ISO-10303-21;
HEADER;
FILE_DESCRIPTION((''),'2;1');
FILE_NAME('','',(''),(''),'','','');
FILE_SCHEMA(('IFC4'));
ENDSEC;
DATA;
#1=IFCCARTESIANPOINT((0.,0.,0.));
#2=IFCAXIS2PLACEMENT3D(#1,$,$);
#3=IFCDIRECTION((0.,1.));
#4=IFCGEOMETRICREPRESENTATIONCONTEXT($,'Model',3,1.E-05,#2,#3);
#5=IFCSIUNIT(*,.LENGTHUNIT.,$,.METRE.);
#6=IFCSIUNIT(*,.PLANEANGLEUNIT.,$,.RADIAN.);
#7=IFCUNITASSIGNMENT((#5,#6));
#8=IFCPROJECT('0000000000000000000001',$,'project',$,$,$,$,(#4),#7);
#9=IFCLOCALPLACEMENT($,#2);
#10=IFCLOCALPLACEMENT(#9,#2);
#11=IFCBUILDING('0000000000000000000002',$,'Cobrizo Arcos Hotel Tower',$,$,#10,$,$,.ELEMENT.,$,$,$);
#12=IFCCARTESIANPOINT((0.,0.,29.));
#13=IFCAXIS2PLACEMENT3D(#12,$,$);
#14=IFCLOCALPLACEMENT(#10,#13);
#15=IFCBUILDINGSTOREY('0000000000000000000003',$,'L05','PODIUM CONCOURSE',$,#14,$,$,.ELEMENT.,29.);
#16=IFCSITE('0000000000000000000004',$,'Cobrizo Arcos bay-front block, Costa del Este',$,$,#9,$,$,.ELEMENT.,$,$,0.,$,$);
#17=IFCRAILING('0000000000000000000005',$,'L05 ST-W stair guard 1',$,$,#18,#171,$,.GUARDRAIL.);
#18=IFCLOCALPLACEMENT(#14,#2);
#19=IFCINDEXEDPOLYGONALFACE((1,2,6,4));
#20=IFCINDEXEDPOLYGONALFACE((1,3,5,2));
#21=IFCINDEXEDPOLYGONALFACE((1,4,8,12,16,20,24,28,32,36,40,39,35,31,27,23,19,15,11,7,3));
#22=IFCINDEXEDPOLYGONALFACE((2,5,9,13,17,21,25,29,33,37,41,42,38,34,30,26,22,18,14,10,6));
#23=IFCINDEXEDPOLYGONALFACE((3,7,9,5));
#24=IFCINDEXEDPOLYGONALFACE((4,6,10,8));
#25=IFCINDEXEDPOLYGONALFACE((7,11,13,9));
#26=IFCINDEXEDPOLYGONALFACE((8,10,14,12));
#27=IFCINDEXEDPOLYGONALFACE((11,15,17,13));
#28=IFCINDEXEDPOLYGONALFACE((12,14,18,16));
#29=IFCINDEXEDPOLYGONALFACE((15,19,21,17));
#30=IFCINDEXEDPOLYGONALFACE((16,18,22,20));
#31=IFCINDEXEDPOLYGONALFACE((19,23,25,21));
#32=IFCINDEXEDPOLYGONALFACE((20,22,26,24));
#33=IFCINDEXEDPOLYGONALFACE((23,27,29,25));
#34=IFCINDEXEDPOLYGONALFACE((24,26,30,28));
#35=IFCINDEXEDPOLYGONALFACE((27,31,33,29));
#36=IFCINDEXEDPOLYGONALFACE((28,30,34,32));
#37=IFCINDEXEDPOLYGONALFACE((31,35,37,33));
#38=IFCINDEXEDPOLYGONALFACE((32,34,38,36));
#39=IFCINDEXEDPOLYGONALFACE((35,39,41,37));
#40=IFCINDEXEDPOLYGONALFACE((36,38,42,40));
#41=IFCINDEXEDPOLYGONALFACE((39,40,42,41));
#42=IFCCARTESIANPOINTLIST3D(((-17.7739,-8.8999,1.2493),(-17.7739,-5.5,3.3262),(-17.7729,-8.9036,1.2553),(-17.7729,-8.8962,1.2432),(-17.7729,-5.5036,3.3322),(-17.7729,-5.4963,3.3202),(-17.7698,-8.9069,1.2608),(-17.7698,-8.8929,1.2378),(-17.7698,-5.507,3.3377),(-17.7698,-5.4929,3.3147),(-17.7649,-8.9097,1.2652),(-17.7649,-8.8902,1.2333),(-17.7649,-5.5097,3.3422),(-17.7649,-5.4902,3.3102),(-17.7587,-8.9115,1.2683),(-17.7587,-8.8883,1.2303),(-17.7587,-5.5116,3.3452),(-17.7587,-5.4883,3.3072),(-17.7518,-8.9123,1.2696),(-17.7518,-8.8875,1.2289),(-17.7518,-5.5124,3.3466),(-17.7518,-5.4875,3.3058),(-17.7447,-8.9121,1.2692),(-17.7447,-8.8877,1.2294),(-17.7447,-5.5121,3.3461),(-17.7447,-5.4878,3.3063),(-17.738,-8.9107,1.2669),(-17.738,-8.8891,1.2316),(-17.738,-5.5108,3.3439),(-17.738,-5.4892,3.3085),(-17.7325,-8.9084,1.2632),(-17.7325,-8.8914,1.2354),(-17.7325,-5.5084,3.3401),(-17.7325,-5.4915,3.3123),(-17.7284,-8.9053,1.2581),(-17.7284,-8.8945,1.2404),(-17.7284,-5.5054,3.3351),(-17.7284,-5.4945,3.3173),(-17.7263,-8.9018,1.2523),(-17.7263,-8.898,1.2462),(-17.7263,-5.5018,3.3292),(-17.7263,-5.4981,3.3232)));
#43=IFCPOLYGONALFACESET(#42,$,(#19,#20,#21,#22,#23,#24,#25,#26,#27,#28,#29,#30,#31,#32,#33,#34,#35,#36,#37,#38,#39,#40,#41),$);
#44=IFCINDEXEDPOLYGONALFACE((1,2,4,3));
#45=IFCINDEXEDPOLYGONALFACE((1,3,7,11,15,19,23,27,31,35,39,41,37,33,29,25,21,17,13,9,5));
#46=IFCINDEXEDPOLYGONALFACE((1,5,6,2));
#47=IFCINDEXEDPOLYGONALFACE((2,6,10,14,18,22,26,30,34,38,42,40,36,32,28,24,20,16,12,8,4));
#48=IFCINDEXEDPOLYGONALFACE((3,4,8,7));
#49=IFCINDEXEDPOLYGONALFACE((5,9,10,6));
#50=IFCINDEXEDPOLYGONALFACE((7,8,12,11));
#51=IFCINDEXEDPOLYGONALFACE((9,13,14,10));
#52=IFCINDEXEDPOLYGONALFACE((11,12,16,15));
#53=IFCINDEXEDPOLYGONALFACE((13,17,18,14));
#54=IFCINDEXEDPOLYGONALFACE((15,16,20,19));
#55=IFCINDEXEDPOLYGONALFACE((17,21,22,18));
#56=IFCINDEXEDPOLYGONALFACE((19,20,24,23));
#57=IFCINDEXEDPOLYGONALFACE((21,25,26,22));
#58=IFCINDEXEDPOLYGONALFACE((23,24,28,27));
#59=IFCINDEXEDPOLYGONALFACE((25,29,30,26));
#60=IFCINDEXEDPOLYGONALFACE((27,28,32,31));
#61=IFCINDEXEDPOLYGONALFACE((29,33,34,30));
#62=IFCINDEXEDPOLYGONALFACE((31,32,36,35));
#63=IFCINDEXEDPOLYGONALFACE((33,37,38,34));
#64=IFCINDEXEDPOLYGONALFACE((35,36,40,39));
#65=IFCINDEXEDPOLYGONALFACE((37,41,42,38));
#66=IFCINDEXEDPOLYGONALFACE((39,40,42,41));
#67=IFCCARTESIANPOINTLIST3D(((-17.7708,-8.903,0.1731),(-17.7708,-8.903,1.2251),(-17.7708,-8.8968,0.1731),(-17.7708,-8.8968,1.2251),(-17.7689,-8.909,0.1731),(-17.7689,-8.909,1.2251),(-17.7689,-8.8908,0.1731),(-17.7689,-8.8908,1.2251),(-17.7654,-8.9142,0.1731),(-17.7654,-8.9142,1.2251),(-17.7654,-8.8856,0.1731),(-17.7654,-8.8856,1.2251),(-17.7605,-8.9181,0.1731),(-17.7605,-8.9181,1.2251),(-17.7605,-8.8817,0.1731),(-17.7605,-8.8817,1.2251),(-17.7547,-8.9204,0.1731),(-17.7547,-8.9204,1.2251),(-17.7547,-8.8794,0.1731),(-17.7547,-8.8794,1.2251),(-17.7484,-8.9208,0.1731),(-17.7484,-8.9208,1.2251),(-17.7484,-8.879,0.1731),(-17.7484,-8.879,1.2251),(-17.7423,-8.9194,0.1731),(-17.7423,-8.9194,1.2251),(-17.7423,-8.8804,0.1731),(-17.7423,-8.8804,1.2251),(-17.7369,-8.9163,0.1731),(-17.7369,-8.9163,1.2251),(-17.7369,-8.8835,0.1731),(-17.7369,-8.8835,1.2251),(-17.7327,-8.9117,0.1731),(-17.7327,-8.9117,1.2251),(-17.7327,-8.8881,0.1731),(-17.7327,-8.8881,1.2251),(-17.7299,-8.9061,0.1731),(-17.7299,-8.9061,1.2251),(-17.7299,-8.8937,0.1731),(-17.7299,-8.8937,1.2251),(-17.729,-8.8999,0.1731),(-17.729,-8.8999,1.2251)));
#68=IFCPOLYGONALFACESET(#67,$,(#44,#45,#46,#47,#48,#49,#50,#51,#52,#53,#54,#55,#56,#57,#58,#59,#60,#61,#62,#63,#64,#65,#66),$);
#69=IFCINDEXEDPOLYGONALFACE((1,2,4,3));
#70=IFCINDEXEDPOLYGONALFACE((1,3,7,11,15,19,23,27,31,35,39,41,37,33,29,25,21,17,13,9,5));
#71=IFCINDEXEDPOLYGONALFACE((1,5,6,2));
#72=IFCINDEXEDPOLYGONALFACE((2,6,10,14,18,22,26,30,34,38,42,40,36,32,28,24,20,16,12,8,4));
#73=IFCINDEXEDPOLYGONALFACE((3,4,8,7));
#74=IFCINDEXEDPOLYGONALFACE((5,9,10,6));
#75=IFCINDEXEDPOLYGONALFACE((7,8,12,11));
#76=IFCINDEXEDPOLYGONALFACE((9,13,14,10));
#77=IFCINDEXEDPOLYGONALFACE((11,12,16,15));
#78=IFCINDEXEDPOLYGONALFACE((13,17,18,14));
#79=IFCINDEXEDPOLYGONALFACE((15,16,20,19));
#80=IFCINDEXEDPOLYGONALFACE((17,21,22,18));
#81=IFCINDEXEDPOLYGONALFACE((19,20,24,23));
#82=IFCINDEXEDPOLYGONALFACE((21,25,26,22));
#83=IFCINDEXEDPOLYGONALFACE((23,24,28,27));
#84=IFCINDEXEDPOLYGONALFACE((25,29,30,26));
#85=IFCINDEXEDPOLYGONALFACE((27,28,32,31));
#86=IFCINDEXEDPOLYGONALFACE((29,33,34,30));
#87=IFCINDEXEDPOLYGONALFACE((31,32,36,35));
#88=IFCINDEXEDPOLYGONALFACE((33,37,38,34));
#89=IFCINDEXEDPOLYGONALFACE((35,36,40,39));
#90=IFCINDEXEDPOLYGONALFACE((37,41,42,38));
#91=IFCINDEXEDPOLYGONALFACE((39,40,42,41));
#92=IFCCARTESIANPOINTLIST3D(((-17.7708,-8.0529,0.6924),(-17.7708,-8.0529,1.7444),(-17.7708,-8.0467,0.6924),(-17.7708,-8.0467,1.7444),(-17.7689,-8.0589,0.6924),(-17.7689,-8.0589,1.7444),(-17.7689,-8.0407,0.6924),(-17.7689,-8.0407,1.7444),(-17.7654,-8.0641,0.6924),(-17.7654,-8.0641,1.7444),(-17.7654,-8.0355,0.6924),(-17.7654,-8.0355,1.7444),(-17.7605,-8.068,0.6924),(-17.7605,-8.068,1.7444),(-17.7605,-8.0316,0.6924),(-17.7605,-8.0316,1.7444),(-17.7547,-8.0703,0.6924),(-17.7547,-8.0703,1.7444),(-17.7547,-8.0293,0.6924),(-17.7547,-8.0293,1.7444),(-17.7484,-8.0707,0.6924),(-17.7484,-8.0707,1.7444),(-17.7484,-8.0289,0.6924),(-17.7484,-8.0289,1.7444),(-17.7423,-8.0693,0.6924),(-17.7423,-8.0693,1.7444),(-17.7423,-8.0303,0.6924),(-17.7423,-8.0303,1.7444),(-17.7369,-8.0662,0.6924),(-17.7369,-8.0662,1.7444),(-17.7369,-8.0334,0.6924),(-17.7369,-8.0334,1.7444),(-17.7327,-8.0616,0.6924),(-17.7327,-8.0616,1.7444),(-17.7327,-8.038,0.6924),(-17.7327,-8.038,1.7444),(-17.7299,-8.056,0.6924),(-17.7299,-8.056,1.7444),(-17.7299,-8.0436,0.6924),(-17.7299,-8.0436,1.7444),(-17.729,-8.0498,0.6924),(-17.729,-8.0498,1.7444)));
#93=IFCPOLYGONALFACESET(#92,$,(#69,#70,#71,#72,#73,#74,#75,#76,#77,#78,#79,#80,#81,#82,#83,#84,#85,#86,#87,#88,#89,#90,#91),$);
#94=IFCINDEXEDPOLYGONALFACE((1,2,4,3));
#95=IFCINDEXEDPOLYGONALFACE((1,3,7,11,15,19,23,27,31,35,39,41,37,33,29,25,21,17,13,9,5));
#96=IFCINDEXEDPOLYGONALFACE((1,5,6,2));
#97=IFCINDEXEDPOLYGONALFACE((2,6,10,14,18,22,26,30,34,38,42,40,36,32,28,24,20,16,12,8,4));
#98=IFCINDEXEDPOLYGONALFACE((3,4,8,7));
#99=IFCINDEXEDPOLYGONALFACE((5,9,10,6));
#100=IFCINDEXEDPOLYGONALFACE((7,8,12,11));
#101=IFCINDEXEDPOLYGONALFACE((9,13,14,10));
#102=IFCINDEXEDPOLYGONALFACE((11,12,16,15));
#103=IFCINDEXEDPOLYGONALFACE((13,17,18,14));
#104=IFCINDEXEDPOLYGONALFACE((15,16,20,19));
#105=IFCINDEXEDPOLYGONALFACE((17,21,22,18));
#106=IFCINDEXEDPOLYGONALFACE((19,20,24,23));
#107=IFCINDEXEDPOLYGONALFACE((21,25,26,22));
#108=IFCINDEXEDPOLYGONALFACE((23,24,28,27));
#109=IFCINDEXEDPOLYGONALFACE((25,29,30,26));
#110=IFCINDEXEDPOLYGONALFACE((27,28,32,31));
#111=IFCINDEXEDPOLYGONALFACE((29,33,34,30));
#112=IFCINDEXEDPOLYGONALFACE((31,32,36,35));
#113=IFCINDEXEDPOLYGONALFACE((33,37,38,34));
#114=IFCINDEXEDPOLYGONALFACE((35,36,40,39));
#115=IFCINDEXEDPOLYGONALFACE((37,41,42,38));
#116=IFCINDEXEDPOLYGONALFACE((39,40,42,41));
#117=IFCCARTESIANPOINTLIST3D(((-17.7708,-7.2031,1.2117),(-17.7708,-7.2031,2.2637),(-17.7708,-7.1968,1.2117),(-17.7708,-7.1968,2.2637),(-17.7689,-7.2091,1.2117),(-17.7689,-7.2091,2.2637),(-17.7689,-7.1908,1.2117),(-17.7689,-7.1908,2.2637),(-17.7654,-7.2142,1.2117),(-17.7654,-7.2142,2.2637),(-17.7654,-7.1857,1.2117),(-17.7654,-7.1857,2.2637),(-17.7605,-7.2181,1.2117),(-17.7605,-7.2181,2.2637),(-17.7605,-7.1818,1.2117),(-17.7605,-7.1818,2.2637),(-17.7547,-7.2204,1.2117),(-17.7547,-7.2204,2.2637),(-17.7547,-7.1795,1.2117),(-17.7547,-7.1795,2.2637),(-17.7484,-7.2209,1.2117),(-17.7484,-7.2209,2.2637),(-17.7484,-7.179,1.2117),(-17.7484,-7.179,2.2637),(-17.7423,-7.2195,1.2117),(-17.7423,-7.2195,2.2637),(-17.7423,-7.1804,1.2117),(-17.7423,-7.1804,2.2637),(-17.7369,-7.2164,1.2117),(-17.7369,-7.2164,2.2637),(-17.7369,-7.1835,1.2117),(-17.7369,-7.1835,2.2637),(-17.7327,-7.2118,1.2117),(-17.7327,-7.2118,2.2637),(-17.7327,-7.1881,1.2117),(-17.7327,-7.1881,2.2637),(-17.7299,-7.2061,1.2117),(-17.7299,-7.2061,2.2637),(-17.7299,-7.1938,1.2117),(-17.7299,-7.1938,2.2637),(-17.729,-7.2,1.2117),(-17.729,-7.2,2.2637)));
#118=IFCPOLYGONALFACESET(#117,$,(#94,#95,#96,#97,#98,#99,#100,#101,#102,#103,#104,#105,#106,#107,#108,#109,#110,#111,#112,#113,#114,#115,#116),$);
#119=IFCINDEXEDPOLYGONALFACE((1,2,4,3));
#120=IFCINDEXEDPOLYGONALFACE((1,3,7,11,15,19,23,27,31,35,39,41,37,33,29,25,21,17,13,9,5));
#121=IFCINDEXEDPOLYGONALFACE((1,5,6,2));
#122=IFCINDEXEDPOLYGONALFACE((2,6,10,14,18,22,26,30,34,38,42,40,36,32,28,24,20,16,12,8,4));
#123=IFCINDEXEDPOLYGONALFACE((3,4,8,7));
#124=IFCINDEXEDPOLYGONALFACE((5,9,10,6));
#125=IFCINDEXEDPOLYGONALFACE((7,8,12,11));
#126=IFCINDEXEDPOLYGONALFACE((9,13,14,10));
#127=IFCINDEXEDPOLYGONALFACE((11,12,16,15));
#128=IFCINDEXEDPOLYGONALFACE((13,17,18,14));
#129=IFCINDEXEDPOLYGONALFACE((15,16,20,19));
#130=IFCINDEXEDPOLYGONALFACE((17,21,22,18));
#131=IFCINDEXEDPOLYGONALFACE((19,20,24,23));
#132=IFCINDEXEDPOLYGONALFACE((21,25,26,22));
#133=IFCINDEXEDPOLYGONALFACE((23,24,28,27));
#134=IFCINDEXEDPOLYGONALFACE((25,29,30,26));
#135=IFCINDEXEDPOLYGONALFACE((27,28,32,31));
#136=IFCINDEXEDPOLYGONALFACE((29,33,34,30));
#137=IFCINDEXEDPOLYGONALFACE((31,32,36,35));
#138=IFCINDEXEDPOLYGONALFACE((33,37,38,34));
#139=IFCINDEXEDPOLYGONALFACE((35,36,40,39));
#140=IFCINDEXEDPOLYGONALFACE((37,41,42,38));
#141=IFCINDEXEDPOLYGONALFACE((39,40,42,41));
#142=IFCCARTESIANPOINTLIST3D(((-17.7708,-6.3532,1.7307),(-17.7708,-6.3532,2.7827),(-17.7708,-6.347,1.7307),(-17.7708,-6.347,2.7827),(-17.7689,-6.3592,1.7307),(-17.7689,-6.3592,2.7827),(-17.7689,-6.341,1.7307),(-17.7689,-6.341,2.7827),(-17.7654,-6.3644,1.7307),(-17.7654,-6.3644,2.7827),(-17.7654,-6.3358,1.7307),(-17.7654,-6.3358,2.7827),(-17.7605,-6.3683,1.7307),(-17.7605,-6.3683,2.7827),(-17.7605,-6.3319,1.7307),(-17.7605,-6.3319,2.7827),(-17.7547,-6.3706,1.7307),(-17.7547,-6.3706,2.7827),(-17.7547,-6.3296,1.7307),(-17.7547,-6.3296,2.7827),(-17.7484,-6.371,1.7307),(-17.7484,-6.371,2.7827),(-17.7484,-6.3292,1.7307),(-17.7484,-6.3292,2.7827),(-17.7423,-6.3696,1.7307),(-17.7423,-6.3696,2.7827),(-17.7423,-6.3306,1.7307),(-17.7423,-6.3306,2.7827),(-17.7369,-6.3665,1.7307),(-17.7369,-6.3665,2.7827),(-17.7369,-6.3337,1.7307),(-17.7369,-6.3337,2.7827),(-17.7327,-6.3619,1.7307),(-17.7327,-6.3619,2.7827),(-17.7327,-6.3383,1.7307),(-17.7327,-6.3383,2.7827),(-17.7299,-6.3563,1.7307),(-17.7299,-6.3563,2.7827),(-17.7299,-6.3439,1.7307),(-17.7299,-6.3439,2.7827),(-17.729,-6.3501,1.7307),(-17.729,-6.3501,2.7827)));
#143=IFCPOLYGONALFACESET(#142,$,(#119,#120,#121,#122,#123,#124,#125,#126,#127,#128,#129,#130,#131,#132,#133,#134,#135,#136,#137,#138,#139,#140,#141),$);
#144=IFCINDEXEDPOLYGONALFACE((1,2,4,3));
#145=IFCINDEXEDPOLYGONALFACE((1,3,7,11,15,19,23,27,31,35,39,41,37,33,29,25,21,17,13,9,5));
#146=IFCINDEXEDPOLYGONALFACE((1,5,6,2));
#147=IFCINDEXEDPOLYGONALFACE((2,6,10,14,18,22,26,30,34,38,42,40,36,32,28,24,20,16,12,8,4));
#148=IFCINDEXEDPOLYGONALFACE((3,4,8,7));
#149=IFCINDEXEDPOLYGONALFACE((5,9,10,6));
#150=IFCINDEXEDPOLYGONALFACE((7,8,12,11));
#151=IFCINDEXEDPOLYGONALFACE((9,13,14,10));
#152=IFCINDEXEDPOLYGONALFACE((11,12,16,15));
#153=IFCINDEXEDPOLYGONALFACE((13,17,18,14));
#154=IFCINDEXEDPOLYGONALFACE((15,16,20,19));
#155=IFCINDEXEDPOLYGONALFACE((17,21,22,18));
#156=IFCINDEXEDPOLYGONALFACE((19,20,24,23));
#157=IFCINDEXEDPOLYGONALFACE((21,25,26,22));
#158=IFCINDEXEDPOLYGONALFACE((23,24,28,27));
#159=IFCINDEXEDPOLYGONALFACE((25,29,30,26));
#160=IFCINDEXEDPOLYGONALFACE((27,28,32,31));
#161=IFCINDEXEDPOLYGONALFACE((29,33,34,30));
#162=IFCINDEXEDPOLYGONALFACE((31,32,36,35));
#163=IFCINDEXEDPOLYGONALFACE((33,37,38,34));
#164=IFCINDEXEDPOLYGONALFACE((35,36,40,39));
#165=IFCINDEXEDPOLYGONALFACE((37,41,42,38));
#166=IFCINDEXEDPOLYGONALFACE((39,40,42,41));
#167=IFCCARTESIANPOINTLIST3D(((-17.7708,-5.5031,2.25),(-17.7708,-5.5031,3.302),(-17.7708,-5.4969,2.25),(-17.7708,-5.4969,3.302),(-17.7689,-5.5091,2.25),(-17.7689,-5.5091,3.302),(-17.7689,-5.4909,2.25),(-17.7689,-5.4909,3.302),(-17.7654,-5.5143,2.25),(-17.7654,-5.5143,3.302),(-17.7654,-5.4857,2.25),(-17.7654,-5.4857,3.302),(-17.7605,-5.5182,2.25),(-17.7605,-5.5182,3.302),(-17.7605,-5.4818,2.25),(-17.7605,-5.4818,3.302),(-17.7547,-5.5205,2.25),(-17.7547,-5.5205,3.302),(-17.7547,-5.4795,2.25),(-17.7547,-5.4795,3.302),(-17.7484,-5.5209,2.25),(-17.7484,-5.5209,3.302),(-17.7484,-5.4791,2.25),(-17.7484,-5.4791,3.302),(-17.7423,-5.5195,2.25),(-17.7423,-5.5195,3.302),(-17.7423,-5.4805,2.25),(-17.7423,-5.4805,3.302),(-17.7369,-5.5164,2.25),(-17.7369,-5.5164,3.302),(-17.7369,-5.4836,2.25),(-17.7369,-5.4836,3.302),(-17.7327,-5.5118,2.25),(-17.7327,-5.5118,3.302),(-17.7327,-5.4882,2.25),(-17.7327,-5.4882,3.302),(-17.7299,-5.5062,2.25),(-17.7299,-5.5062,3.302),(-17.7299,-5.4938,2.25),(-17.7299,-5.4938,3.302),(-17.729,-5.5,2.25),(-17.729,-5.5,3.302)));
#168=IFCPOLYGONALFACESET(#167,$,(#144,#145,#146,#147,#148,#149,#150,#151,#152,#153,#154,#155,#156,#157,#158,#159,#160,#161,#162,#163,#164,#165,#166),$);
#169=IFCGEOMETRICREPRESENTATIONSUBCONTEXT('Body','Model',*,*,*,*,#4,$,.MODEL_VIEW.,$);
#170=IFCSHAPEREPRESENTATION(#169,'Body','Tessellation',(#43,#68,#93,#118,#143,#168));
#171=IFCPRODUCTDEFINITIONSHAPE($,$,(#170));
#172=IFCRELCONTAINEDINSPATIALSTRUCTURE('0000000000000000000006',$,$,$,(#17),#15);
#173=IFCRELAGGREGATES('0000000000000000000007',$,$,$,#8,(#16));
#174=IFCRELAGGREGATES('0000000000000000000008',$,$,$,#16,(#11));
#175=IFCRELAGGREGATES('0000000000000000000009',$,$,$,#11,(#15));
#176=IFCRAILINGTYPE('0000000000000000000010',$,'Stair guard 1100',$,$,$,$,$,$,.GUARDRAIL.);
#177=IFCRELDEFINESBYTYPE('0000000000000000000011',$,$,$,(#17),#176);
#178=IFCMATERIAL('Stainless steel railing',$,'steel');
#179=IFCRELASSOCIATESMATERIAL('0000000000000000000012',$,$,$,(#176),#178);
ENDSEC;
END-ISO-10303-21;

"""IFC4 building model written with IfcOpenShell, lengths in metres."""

from ifc_helpers import new_model, si_unit, direction, frame, origin, origin_2d, place, context, subcontext, project, spatial, circle, extrude, material, type_object, element, save


model = new_model("IFC4")

# Units and contexts
model_context = context("Model", 3, precision=1e-05, world=origin(), true_north=direction((0.0, 1.0)))
body_context = subcontext(model_context, "Body", "Model", "MODEL_VIEW")
ifc_project = project(units=[si_unit("LENGTHUNIT", "METRE"), si_unit("PLANEANGLEUNIT", "RADIAN")], contexts=[model_context])

# Site, building, storey
site_placement = place(None, origin())
site = spatial("IfcSite", under=ifc_project, at=site_placement, Name="Cobrizo Arcos bay-front block, Costa del Este", CompositionType="ELEMENT", RefElevation=0.0)
building_placement = place(site_placement, origin())
building = spatial("IfcBuilding", under=site, at=building_placement, Name="Cobrizo Arcos Hotel Tower", CompositionType="ELEMENT")
storey_placement = place(building_placement, frame((0.0, 0.0, 29.0)))
storey = spatial("IfcBuildingStorey", under=building, at=storey_placement, Name="L05", Description="PODIUM CONCOURSE", CompositionType="ELEMENT", Elevation=29.0)

# Railing
ifc_material_1 = material(Name="Stainless steel railing", Category="steel")
railing_type_1 = type_object("IfcRailingType", Name="Stair guard 1100", PredefinedType="GUARDRAIL", material=ifc_material_1)
railing_1_placement = place(storey_placement, frame((-17.75, -8.8999, 0.1731)))
element("IfcRailing", 1, at=railing_1_placement, inside=storey, type_object=railing_type_1, Name="L05 ST-W stair guard 1", PredefinedType="GUARDRAIL", context=body_context, shape_type="SweptSolid", body=[
    extrude(circle(Radius=0.0239, at=origin_2d()), frame((0.0, 0.0, 1.0762), z_axis=(0.0, 0.853373, 0.521301), x_axis=(-1.0, 0.0, 0.0)), (0.0, 0.0, 1.0), 3.9841),
    extrude(circle(Radius=0.021, at=origin_2d()), origin(), (0.0, 0.0, 1.0), 1.052),
    extrude(circle(Radius=0.021, at=origin_2d()), frame((0.0, 0.8501, 0.5193)), (0.0, 0.0, 1.0), 1.052),
    extrude(circle(Radius=0.021, at=origin_2d()), frame((0.0, 1.7, 1.0386)), (0.0, 0.0, 1.0), 1.052),
    extrude(circle(Radius=0.021, at=origin_2d()), frame((0.0, 2.5498, 1.5576)), (0.0, 0.0, 1.0), 1.052),
    extrude(circle(Radius=0.021, at=origin_2d()), frame((0.0, 3.3999, 2.0769)), (0.0, 0.0, 1.0), 1.052),
])

save(model, "model.ifc")
